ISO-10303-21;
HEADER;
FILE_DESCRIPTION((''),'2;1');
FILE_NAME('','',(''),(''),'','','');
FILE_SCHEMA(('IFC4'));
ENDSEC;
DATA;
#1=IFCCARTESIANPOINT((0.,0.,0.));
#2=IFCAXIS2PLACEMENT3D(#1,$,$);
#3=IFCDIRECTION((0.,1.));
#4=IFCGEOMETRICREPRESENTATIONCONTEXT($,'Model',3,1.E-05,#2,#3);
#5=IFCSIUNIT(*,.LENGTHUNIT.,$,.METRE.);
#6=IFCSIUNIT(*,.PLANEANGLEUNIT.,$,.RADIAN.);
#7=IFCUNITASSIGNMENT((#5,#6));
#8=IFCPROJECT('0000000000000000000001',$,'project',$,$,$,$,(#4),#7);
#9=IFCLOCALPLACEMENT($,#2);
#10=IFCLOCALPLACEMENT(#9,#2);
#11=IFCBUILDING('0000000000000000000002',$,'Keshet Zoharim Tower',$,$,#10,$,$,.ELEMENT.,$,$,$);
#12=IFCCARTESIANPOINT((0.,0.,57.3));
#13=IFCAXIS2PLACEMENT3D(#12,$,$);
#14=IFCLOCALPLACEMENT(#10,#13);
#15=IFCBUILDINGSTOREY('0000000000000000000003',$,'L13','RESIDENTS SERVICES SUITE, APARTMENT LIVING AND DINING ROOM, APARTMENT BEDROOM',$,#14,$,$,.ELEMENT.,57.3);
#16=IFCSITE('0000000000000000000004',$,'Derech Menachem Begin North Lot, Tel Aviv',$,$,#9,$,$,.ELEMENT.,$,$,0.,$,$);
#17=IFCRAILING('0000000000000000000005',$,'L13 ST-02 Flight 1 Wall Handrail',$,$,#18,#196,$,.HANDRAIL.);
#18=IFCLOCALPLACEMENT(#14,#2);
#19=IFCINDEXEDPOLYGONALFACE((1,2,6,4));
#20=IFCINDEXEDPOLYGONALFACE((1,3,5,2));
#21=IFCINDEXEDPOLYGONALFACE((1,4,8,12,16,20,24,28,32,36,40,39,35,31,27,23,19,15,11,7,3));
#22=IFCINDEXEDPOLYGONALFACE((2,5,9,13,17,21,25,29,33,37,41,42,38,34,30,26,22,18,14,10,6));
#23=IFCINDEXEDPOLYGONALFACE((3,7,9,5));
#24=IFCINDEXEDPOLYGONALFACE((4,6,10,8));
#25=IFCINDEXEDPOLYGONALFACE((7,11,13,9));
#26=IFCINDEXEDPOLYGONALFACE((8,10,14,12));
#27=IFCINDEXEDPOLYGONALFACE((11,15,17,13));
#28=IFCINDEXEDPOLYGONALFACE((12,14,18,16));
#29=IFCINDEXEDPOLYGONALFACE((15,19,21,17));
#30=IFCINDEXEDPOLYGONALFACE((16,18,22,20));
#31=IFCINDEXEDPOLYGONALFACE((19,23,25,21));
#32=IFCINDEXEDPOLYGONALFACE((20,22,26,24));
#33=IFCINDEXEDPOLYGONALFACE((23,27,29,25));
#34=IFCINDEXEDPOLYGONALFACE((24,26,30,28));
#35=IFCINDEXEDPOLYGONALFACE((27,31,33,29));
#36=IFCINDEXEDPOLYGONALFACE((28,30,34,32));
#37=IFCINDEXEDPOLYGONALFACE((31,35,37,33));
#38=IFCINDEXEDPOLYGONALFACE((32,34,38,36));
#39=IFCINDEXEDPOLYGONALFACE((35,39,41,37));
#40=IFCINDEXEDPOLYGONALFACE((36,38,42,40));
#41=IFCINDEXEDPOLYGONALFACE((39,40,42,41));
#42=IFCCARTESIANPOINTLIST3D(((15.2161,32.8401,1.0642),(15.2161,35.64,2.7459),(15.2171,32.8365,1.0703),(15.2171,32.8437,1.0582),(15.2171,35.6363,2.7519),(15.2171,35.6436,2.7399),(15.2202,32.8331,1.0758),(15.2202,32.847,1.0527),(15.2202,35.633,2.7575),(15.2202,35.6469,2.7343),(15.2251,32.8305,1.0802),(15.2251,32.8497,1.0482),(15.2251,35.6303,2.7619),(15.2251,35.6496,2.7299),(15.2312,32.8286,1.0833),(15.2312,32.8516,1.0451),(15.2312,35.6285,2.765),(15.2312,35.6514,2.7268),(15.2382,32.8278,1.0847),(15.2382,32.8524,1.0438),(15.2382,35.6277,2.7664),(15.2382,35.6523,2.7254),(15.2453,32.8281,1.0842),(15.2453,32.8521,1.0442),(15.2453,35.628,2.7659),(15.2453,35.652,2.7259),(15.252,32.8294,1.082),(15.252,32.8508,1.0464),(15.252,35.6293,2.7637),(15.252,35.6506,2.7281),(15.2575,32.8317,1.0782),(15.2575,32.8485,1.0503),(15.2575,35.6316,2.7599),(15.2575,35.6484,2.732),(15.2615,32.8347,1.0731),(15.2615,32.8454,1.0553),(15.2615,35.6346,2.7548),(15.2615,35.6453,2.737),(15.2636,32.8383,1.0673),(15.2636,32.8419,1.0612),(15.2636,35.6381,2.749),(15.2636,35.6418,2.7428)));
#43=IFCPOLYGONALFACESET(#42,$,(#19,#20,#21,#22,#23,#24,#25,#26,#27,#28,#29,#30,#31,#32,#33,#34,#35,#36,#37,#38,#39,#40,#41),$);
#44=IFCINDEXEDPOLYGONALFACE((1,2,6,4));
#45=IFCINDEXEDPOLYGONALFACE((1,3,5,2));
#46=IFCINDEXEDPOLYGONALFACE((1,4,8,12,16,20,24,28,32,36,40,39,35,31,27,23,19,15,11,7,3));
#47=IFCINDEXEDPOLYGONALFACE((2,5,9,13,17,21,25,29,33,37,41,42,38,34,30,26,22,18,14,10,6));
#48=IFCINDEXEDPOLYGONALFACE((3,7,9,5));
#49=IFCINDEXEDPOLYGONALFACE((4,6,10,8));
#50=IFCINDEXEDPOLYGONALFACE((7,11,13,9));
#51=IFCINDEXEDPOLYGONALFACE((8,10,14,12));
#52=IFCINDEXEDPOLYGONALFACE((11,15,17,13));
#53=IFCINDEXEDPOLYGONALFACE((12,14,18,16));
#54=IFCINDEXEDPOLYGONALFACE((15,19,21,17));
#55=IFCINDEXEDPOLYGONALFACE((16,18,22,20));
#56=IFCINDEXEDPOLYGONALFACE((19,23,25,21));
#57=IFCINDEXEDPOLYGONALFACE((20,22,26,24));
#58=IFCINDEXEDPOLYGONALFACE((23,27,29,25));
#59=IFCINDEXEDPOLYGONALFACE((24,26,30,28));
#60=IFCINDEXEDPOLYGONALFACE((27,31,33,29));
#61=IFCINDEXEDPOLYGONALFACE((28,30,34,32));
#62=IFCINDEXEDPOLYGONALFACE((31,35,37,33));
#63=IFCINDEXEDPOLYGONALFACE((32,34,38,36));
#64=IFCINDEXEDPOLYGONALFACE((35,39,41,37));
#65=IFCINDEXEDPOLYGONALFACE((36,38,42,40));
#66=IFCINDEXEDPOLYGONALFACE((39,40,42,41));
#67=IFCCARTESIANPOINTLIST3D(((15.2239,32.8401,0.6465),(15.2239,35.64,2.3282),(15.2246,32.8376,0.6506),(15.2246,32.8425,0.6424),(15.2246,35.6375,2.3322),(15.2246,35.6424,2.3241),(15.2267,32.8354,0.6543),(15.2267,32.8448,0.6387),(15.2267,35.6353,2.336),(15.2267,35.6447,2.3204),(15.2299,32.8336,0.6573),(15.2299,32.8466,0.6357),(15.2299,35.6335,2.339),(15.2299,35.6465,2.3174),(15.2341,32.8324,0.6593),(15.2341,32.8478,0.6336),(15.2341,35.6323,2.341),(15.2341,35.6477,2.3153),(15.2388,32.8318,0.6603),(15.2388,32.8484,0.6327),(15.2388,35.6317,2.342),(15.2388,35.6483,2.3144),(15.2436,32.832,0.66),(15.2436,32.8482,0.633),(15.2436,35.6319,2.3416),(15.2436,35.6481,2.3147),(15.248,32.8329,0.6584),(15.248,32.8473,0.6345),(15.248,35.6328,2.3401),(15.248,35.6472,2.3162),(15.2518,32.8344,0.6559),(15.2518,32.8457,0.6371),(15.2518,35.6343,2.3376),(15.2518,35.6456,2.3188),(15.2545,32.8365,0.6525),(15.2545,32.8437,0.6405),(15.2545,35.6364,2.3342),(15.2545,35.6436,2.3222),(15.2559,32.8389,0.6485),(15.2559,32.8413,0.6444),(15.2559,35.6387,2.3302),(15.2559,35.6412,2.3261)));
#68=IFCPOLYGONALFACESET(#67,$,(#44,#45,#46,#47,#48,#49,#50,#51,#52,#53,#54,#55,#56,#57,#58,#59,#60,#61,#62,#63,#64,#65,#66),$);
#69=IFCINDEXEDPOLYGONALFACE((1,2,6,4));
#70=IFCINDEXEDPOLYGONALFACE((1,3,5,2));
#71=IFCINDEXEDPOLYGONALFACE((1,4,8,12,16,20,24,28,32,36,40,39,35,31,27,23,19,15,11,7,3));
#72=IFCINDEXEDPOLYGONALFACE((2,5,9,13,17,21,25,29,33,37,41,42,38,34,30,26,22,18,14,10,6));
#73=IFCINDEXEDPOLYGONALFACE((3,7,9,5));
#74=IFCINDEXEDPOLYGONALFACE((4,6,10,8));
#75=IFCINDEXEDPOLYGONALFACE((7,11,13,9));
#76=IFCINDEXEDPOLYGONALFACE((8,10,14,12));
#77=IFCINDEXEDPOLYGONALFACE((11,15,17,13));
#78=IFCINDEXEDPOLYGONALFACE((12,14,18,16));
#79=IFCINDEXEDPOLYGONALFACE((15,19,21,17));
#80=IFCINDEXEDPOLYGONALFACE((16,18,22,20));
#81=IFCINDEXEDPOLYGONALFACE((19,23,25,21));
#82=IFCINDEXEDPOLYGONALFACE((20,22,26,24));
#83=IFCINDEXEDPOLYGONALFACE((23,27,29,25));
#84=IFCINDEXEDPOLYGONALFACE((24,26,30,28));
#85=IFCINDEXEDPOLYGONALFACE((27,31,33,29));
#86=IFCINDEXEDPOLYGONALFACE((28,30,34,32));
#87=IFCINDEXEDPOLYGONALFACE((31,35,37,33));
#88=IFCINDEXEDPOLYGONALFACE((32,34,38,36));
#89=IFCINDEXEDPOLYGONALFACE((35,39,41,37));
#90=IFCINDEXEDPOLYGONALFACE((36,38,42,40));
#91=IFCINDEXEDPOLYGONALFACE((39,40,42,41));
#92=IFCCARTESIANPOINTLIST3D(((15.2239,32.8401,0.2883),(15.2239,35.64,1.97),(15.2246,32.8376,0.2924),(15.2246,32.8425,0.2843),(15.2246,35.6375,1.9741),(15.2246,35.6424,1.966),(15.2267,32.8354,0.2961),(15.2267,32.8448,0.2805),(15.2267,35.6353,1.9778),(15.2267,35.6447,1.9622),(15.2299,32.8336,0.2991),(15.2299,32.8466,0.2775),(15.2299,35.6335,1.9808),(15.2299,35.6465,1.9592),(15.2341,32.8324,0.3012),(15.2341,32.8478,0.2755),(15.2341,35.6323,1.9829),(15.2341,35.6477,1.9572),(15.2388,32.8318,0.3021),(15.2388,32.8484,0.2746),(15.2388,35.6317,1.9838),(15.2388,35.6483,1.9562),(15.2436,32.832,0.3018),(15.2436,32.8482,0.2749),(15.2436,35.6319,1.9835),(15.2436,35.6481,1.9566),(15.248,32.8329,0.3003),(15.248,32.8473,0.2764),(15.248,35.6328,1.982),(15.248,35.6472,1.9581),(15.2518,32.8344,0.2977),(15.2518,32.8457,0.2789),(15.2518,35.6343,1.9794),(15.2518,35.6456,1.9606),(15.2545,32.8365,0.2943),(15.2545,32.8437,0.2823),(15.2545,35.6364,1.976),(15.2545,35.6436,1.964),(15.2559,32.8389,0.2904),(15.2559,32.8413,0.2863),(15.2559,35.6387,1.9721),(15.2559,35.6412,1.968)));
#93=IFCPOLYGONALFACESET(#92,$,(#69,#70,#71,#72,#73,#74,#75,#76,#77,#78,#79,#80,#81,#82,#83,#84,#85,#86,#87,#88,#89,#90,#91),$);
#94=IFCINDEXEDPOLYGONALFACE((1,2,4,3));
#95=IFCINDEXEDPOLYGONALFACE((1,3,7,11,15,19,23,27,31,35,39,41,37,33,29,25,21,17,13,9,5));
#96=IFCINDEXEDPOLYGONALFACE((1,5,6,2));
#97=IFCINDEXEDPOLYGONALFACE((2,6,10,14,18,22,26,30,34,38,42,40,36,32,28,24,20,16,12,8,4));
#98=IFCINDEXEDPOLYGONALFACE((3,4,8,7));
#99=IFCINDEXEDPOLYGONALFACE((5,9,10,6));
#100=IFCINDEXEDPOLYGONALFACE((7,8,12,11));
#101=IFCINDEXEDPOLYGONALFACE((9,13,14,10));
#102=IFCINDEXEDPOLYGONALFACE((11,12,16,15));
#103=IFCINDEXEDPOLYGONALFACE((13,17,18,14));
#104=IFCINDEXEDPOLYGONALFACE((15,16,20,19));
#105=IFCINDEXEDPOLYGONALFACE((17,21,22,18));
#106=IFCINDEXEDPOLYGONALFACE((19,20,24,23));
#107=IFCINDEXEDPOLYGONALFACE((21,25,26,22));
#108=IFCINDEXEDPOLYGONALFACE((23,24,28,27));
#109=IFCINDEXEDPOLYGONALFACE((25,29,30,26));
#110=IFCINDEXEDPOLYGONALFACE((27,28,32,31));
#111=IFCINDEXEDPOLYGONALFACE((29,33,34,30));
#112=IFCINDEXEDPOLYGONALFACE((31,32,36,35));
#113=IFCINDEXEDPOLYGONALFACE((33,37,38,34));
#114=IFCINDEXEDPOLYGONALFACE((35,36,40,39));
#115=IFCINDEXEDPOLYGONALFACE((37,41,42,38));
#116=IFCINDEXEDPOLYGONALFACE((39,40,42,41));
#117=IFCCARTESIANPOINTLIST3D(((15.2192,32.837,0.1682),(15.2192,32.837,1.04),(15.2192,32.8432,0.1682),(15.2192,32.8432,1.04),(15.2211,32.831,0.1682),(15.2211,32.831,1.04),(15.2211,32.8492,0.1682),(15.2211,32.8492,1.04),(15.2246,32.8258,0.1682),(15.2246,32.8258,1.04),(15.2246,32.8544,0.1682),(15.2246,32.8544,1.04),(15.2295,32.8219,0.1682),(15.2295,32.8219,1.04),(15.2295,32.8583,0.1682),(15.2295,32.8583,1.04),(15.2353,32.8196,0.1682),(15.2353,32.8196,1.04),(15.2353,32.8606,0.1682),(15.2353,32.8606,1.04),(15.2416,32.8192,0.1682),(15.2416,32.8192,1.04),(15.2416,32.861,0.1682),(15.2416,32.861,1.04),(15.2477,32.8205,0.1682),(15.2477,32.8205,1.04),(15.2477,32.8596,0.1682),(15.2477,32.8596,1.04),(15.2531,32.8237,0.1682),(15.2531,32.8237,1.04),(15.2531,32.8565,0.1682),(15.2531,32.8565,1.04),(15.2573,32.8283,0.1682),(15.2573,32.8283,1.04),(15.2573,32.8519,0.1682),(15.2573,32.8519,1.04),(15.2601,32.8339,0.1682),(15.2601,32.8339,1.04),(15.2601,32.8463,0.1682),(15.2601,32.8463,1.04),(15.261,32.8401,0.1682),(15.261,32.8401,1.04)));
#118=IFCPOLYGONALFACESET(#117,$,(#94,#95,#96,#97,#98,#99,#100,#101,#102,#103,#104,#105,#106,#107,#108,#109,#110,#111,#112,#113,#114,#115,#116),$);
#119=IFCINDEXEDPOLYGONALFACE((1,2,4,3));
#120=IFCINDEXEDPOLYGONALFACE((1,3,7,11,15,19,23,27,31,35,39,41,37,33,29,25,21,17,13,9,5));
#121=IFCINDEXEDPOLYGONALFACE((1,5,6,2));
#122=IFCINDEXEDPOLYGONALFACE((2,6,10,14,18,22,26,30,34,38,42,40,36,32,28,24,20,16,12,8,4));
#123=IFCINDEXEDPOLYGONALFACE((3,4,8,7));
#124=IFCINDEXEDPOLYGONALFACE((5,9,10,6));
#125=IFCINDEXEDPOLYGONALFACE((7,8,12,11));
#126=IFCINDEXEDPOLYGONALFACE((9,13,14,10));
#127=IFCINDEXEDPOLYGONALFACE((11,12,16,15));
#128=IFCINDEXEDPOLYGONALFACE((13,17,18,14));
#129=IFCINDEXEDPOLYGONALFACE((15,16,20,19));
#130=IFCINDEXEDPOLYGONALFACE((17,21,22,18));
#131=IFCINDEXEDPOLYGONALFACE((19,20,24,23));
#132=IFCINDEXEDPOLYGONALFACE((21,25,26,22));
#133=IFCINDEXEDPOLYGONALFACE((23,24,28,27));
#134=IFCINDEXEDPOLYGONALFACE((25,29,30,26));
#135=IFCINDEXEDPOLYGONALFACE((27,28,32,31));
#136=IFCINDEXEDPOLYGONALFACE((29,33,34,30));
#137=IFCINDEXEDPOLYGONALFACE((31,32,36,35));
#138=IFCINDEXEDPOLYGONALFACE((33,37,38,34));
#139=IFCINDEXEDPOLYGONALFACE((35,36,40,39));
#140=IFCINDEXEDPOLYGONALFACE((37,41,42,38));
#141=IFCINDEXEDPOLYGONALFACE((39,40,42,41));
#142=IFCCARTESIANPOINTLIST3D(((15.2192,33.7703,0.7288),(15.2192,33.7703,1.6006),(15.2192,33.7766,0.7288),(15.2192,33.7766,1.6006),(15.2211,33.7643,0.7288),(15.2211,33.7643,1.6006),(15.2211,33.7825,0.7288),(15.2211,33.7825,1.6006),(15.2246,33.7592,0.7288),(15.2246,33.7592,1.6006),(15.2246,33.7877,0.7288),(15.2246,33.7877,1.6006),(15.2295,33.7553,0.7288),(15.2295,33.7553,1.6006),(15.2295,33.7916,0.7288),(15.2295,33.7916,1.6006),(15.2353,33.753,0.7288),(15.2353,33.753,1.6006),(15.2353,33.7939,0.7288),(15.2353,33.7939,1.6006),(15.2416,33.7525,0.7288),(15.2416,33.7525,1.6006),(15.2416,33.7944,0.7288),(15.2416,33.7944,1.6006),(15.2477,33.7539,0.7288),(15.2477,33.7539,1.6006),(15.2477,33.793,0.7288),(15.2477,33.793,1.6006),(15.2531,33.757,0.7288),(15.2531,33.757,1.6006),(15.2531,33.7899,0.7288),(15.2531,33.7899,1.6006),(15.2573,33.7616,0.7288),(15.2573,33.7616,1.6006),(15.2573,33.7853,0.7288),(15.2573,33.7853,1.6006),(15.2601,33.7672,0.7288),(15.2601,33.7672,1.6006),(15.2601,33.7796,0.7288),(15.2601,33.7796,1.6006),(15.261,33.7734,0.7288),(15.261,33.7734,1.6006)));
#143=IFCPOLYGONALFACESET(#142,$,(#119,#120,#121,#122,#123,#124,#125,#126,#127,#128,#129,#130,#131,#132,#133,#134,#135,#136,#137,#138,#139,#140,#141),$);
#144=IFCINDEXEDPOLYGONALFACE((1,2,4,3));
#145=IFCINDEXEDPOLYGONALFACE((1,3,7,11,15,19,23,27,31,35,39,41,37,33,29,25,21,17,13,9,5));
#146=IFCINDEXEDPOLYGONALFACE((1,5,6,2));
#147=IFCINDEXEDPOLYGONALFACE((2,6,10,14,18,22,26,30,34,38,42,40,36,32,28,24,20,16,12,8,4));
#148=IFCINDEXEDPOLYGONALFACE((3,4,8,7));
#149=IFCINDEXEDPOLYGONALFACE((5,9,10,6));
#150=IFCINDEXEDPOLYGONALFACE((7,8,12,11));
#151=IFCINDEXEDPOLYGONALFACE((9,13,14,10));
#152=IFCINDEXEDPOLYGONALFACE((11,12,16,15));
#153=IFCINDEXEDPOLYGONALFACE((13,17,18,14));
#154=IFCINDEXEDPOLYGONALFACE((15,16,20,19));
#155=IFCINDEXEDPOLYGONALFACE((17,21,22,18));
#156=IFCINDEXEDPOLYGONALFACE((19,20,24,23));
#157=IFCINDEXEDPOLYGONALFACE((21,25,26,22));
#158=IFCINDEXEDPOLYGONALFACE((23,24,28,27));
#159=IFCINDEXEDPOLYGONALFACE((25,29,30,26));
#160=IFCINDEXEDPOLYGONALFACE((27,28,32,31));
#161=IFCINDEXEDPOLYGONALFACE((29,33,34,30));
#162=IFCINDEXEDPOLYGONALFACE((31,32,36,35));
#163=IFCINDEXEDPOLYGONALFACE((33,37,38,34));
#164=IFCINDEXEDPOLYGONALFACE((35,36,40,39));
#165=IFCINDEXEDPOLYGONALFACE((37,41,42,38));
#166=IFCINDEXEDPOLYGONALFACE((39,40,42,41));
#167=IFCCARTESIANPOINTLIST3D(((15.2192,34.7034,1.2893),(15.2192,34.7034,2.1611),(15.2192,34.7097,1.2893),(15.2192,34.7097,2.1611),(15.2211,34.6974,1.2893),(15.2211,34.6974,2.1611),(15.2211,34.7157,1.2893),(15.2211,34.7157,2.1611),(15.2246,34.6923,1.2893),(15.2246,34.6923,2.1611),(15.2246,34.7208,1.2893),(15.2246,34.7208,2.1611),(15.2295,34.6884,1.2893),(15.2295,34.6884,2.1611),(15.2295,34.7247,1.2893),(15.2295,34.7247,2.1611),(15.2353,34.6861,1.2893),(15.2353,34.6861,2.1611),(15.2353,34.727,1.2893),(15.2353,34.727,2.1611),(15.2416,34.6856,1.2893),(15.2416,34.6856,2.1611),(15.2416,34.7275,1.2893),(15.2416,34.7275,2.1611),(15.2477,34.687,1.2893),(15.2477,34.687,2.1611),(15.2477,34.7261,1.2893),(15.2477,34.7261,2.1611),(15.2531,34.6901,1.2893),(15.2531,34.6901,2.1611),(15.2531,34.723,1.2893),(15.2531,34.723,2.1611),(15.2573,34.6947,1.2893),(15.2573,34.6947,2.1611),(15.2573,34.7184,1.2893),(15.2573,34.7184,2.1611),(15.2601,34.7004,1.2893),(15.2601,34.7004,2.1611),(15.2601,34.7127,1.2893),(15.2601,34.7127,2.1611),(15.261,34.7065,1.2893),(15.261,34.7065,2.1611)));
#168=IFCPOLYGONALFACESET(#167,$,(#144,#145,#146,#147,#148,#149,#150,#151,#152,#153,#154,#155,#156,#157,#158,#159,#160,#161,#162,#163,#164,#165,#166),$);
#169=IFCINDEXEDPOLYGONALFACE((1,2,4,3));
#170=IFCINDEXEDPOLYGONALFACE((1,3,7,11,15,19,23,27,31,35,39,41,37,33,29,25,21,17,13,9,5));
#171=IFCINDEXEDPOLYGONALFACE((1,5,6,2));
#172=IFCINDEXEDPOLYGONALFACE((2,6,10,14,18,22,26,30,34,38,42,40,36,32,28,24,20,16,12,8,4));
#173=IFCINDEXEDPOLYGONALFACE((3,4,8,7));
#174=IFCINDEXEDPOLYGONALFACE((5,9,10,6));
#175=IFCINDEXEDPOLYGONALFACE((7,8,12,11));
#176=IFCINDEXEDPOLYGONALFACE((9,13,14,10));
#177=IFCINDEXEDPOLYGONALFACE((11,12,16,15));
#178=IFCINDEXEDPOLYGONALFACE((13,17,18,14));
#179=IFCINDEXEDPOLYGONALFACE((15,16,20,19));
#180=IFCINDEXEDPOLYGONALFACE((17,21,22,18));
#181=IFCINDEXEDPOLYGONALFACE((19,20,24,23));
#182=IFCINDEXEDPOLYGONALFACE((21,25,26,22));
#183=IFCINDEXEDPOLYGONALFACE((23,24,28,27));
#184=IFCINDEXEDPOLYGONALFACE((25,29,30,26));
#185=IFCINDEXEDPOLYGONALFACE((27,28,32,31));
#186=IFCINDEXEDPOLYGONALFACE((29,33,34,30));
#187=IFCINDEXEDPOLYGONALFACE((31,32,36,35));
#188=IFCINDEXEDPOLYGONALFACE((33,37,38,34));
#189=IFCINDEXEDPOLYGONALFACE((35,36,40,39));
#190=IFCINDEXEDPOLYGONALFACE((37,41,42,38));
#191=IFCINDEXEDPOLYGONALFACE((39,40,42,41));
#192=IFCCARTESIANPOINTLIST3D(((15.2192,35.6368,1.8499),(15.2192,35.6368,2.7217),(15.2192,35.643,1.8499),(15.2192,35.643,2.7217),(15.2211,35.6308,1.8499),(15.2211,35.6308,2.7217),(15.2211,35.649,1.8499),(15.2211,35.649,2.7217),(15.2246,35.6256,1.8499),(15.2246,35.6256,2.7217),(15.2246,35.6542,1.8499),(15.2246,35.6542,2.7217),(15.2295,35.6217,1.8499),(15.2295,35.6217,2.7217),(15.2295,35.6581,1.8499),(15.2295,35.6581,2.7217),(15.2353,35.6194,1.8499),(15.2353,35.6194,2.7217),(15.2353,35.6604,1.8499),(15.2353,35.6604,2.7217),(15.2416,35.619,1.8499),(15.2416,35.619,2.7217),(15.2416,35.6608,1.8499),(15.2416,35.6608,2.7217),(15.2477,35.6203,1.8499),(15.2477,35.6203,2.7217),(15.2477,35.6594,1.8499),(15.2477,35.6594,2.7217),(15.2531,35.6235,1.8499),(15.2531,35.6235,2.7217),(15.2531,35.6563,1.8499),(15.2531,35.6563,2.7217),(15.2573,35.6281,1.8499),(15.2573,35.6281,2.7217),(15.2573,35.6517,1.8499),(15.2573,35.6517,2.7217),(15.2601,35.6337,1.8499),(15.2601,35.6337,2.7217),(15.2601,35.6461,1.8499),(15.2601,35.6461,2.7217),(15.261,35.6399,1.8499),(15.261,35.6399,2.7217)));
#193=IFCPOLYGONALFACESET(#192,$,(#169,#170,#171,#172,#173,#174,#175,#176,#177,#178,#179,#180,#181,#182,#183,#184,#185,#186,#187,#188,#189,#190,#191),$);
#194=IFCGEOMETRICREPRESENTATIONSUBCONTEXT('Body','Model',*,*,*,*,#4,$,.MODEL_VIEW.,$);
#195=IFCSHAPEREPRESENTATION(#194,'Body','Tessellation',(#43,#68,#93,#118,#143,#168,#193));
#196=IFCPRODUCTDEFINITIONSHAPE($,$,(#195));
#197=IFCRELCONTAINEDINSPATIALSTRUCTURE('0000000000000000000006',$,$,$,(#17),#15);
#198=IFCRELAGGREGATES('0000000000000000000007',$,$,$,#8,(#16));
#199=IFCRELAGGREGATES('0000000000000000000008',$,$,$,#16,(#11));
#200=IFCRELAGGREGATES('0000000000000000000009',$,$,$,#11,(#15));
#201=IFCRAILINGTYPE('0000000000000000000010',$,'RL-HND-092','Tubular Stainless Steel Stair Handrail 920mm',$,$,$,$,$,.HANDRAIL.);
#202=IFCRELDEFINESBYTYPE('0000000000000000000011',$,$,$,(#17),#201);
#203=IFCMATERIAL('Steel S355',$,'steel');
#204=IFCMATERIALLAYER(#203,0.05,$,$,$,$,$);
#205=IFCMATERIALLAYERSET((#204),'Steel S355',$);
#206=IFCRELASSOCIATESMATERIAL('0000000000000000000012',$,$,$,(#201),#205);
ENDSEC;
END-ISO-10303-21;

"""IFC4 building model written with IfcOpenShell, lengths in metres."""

from ifc_helpers import new_model, si_unit, direction, frame, origin, origin_2d, place, context, subcontext, project, spatial, circle, extrude, material, layer, layer_set, type_object, element, save


model = new_model("IFC4")

# Units and contexts
model_context = context("Model", 3, precision=1e-05, world=origin(), true_north=direction((0.0, 1.0)))
body_context = subcontext(model_context, "Body", "Model", "MODEL_VIEW")
ifc_project = project(units=[si_unit("LENGTHUNIT", "METRE"), si_unit("PLANEANGLEUNIT", "RADIAN")], contexts=[model_context])

# Site, building, storey
site_placement = place(None, origin())
site = spatial("IfcSite", under=ifc_project, at=site_placement, Name="Derech Menachem Begin North Lot, Tel Aviv", CompositionType="ELEMENT", RefElevation=0.0)
building_placement = place(site_placement, origin())
building = spatial("IfcBuilding", under=site, at=building_placement, Name="Keshet Zoharim Tower", CompositionType="ELEMENT")
storey_placement = place(building_placement, frame((0.0, 0.0, 57.3)))
storey = spatial("IfcBuildingStorey", under=building, at=storey_placement, Name="L13", Description="RESIDENTS SERVICES SUITE, APARTMENT LIVING AND DINING ROOM, APARTMENT BEDROOM", CompositionType="ELEMENT", Elevation=57.3)

# Shared definitions
ifc_material_1 = material(Name="Steel S355", Category="steel")

# Railing
ifc_layer_1 = layer(ifc_material_1, 0.05)
ifc_layer_set_1 = layer_set([ifc_layer_1], Name="Steel S355")
railing_type_1 = type_object("IfcRailingType", Name="RL-HND-092", Description="Tubular Stainless Steel Stair Handrail 920mm", PredefinedType="HANDRAIL", material=ifc_layer_set_1)
railing_1_placement = place(storey_placement, frame((15.24, 32.8401, 0.1682)))
element("IfcRailing", 1, at=railing_1_placement, inside=storey, type_object=railing_type_1, Name="L13 ST-02 Flight 1 Wall Handrail", PredefinedType="HANDRAIL", context=body_context, shape_type="SweptSolid", body=[
    extrude(circle(Radius=0.0239, at=origin_2d()), frame((0.0, 0.0, 0.896), z_axis=(0.0, 0.857255, 0.514891), x_axis=(-1.0, 0.0, 0.0)), (0.0, 0.0, 1.0), 3.2661),
    extrude(circle(Radius=0.0161, at=origin_2d()), frame((0.0, 0.0, 0.4783), z_axis=(0.0, 0.857255, 0.514891), x_axis=(-1.0, 0.0, 0.0)), (0.0, 0.0, 1.0), 3.2661),
    extrude(circle(Radius=0.0161, at=origin_2d()), frame((0.0, 0.0, 0.1201), z_axis=(0.0, 0.857255, 0.514891), x_axis=(-1.0, 0.0, 0.0)), (0.0, 0.0, 1.0), 3.2661),
    extrude(circle(Radius=0.021, at=origin_2d()), origin(), (0.0, 0.0, 1.0), 0.8718),
    extrude(circle(Radius=0.021, at=origin_2d()), frame((0.0, 0.9333, 0.5605)), (0.0, 0.0, 1.0), 0.8718),
    extrude(circle(Radius=0.021, at=origin_2d()), frame((0.0, 1.8665, 1.1211)), (0.0, 0.0, 1.0), 0.8718),
    extrude(circle(Radius=0.021, at=origin_2d()), frame((0.0, 2.7998, 1.6816)), (0.0, 0.0, 1.0), 0.8718),
])

save(model, "model.ifc")
